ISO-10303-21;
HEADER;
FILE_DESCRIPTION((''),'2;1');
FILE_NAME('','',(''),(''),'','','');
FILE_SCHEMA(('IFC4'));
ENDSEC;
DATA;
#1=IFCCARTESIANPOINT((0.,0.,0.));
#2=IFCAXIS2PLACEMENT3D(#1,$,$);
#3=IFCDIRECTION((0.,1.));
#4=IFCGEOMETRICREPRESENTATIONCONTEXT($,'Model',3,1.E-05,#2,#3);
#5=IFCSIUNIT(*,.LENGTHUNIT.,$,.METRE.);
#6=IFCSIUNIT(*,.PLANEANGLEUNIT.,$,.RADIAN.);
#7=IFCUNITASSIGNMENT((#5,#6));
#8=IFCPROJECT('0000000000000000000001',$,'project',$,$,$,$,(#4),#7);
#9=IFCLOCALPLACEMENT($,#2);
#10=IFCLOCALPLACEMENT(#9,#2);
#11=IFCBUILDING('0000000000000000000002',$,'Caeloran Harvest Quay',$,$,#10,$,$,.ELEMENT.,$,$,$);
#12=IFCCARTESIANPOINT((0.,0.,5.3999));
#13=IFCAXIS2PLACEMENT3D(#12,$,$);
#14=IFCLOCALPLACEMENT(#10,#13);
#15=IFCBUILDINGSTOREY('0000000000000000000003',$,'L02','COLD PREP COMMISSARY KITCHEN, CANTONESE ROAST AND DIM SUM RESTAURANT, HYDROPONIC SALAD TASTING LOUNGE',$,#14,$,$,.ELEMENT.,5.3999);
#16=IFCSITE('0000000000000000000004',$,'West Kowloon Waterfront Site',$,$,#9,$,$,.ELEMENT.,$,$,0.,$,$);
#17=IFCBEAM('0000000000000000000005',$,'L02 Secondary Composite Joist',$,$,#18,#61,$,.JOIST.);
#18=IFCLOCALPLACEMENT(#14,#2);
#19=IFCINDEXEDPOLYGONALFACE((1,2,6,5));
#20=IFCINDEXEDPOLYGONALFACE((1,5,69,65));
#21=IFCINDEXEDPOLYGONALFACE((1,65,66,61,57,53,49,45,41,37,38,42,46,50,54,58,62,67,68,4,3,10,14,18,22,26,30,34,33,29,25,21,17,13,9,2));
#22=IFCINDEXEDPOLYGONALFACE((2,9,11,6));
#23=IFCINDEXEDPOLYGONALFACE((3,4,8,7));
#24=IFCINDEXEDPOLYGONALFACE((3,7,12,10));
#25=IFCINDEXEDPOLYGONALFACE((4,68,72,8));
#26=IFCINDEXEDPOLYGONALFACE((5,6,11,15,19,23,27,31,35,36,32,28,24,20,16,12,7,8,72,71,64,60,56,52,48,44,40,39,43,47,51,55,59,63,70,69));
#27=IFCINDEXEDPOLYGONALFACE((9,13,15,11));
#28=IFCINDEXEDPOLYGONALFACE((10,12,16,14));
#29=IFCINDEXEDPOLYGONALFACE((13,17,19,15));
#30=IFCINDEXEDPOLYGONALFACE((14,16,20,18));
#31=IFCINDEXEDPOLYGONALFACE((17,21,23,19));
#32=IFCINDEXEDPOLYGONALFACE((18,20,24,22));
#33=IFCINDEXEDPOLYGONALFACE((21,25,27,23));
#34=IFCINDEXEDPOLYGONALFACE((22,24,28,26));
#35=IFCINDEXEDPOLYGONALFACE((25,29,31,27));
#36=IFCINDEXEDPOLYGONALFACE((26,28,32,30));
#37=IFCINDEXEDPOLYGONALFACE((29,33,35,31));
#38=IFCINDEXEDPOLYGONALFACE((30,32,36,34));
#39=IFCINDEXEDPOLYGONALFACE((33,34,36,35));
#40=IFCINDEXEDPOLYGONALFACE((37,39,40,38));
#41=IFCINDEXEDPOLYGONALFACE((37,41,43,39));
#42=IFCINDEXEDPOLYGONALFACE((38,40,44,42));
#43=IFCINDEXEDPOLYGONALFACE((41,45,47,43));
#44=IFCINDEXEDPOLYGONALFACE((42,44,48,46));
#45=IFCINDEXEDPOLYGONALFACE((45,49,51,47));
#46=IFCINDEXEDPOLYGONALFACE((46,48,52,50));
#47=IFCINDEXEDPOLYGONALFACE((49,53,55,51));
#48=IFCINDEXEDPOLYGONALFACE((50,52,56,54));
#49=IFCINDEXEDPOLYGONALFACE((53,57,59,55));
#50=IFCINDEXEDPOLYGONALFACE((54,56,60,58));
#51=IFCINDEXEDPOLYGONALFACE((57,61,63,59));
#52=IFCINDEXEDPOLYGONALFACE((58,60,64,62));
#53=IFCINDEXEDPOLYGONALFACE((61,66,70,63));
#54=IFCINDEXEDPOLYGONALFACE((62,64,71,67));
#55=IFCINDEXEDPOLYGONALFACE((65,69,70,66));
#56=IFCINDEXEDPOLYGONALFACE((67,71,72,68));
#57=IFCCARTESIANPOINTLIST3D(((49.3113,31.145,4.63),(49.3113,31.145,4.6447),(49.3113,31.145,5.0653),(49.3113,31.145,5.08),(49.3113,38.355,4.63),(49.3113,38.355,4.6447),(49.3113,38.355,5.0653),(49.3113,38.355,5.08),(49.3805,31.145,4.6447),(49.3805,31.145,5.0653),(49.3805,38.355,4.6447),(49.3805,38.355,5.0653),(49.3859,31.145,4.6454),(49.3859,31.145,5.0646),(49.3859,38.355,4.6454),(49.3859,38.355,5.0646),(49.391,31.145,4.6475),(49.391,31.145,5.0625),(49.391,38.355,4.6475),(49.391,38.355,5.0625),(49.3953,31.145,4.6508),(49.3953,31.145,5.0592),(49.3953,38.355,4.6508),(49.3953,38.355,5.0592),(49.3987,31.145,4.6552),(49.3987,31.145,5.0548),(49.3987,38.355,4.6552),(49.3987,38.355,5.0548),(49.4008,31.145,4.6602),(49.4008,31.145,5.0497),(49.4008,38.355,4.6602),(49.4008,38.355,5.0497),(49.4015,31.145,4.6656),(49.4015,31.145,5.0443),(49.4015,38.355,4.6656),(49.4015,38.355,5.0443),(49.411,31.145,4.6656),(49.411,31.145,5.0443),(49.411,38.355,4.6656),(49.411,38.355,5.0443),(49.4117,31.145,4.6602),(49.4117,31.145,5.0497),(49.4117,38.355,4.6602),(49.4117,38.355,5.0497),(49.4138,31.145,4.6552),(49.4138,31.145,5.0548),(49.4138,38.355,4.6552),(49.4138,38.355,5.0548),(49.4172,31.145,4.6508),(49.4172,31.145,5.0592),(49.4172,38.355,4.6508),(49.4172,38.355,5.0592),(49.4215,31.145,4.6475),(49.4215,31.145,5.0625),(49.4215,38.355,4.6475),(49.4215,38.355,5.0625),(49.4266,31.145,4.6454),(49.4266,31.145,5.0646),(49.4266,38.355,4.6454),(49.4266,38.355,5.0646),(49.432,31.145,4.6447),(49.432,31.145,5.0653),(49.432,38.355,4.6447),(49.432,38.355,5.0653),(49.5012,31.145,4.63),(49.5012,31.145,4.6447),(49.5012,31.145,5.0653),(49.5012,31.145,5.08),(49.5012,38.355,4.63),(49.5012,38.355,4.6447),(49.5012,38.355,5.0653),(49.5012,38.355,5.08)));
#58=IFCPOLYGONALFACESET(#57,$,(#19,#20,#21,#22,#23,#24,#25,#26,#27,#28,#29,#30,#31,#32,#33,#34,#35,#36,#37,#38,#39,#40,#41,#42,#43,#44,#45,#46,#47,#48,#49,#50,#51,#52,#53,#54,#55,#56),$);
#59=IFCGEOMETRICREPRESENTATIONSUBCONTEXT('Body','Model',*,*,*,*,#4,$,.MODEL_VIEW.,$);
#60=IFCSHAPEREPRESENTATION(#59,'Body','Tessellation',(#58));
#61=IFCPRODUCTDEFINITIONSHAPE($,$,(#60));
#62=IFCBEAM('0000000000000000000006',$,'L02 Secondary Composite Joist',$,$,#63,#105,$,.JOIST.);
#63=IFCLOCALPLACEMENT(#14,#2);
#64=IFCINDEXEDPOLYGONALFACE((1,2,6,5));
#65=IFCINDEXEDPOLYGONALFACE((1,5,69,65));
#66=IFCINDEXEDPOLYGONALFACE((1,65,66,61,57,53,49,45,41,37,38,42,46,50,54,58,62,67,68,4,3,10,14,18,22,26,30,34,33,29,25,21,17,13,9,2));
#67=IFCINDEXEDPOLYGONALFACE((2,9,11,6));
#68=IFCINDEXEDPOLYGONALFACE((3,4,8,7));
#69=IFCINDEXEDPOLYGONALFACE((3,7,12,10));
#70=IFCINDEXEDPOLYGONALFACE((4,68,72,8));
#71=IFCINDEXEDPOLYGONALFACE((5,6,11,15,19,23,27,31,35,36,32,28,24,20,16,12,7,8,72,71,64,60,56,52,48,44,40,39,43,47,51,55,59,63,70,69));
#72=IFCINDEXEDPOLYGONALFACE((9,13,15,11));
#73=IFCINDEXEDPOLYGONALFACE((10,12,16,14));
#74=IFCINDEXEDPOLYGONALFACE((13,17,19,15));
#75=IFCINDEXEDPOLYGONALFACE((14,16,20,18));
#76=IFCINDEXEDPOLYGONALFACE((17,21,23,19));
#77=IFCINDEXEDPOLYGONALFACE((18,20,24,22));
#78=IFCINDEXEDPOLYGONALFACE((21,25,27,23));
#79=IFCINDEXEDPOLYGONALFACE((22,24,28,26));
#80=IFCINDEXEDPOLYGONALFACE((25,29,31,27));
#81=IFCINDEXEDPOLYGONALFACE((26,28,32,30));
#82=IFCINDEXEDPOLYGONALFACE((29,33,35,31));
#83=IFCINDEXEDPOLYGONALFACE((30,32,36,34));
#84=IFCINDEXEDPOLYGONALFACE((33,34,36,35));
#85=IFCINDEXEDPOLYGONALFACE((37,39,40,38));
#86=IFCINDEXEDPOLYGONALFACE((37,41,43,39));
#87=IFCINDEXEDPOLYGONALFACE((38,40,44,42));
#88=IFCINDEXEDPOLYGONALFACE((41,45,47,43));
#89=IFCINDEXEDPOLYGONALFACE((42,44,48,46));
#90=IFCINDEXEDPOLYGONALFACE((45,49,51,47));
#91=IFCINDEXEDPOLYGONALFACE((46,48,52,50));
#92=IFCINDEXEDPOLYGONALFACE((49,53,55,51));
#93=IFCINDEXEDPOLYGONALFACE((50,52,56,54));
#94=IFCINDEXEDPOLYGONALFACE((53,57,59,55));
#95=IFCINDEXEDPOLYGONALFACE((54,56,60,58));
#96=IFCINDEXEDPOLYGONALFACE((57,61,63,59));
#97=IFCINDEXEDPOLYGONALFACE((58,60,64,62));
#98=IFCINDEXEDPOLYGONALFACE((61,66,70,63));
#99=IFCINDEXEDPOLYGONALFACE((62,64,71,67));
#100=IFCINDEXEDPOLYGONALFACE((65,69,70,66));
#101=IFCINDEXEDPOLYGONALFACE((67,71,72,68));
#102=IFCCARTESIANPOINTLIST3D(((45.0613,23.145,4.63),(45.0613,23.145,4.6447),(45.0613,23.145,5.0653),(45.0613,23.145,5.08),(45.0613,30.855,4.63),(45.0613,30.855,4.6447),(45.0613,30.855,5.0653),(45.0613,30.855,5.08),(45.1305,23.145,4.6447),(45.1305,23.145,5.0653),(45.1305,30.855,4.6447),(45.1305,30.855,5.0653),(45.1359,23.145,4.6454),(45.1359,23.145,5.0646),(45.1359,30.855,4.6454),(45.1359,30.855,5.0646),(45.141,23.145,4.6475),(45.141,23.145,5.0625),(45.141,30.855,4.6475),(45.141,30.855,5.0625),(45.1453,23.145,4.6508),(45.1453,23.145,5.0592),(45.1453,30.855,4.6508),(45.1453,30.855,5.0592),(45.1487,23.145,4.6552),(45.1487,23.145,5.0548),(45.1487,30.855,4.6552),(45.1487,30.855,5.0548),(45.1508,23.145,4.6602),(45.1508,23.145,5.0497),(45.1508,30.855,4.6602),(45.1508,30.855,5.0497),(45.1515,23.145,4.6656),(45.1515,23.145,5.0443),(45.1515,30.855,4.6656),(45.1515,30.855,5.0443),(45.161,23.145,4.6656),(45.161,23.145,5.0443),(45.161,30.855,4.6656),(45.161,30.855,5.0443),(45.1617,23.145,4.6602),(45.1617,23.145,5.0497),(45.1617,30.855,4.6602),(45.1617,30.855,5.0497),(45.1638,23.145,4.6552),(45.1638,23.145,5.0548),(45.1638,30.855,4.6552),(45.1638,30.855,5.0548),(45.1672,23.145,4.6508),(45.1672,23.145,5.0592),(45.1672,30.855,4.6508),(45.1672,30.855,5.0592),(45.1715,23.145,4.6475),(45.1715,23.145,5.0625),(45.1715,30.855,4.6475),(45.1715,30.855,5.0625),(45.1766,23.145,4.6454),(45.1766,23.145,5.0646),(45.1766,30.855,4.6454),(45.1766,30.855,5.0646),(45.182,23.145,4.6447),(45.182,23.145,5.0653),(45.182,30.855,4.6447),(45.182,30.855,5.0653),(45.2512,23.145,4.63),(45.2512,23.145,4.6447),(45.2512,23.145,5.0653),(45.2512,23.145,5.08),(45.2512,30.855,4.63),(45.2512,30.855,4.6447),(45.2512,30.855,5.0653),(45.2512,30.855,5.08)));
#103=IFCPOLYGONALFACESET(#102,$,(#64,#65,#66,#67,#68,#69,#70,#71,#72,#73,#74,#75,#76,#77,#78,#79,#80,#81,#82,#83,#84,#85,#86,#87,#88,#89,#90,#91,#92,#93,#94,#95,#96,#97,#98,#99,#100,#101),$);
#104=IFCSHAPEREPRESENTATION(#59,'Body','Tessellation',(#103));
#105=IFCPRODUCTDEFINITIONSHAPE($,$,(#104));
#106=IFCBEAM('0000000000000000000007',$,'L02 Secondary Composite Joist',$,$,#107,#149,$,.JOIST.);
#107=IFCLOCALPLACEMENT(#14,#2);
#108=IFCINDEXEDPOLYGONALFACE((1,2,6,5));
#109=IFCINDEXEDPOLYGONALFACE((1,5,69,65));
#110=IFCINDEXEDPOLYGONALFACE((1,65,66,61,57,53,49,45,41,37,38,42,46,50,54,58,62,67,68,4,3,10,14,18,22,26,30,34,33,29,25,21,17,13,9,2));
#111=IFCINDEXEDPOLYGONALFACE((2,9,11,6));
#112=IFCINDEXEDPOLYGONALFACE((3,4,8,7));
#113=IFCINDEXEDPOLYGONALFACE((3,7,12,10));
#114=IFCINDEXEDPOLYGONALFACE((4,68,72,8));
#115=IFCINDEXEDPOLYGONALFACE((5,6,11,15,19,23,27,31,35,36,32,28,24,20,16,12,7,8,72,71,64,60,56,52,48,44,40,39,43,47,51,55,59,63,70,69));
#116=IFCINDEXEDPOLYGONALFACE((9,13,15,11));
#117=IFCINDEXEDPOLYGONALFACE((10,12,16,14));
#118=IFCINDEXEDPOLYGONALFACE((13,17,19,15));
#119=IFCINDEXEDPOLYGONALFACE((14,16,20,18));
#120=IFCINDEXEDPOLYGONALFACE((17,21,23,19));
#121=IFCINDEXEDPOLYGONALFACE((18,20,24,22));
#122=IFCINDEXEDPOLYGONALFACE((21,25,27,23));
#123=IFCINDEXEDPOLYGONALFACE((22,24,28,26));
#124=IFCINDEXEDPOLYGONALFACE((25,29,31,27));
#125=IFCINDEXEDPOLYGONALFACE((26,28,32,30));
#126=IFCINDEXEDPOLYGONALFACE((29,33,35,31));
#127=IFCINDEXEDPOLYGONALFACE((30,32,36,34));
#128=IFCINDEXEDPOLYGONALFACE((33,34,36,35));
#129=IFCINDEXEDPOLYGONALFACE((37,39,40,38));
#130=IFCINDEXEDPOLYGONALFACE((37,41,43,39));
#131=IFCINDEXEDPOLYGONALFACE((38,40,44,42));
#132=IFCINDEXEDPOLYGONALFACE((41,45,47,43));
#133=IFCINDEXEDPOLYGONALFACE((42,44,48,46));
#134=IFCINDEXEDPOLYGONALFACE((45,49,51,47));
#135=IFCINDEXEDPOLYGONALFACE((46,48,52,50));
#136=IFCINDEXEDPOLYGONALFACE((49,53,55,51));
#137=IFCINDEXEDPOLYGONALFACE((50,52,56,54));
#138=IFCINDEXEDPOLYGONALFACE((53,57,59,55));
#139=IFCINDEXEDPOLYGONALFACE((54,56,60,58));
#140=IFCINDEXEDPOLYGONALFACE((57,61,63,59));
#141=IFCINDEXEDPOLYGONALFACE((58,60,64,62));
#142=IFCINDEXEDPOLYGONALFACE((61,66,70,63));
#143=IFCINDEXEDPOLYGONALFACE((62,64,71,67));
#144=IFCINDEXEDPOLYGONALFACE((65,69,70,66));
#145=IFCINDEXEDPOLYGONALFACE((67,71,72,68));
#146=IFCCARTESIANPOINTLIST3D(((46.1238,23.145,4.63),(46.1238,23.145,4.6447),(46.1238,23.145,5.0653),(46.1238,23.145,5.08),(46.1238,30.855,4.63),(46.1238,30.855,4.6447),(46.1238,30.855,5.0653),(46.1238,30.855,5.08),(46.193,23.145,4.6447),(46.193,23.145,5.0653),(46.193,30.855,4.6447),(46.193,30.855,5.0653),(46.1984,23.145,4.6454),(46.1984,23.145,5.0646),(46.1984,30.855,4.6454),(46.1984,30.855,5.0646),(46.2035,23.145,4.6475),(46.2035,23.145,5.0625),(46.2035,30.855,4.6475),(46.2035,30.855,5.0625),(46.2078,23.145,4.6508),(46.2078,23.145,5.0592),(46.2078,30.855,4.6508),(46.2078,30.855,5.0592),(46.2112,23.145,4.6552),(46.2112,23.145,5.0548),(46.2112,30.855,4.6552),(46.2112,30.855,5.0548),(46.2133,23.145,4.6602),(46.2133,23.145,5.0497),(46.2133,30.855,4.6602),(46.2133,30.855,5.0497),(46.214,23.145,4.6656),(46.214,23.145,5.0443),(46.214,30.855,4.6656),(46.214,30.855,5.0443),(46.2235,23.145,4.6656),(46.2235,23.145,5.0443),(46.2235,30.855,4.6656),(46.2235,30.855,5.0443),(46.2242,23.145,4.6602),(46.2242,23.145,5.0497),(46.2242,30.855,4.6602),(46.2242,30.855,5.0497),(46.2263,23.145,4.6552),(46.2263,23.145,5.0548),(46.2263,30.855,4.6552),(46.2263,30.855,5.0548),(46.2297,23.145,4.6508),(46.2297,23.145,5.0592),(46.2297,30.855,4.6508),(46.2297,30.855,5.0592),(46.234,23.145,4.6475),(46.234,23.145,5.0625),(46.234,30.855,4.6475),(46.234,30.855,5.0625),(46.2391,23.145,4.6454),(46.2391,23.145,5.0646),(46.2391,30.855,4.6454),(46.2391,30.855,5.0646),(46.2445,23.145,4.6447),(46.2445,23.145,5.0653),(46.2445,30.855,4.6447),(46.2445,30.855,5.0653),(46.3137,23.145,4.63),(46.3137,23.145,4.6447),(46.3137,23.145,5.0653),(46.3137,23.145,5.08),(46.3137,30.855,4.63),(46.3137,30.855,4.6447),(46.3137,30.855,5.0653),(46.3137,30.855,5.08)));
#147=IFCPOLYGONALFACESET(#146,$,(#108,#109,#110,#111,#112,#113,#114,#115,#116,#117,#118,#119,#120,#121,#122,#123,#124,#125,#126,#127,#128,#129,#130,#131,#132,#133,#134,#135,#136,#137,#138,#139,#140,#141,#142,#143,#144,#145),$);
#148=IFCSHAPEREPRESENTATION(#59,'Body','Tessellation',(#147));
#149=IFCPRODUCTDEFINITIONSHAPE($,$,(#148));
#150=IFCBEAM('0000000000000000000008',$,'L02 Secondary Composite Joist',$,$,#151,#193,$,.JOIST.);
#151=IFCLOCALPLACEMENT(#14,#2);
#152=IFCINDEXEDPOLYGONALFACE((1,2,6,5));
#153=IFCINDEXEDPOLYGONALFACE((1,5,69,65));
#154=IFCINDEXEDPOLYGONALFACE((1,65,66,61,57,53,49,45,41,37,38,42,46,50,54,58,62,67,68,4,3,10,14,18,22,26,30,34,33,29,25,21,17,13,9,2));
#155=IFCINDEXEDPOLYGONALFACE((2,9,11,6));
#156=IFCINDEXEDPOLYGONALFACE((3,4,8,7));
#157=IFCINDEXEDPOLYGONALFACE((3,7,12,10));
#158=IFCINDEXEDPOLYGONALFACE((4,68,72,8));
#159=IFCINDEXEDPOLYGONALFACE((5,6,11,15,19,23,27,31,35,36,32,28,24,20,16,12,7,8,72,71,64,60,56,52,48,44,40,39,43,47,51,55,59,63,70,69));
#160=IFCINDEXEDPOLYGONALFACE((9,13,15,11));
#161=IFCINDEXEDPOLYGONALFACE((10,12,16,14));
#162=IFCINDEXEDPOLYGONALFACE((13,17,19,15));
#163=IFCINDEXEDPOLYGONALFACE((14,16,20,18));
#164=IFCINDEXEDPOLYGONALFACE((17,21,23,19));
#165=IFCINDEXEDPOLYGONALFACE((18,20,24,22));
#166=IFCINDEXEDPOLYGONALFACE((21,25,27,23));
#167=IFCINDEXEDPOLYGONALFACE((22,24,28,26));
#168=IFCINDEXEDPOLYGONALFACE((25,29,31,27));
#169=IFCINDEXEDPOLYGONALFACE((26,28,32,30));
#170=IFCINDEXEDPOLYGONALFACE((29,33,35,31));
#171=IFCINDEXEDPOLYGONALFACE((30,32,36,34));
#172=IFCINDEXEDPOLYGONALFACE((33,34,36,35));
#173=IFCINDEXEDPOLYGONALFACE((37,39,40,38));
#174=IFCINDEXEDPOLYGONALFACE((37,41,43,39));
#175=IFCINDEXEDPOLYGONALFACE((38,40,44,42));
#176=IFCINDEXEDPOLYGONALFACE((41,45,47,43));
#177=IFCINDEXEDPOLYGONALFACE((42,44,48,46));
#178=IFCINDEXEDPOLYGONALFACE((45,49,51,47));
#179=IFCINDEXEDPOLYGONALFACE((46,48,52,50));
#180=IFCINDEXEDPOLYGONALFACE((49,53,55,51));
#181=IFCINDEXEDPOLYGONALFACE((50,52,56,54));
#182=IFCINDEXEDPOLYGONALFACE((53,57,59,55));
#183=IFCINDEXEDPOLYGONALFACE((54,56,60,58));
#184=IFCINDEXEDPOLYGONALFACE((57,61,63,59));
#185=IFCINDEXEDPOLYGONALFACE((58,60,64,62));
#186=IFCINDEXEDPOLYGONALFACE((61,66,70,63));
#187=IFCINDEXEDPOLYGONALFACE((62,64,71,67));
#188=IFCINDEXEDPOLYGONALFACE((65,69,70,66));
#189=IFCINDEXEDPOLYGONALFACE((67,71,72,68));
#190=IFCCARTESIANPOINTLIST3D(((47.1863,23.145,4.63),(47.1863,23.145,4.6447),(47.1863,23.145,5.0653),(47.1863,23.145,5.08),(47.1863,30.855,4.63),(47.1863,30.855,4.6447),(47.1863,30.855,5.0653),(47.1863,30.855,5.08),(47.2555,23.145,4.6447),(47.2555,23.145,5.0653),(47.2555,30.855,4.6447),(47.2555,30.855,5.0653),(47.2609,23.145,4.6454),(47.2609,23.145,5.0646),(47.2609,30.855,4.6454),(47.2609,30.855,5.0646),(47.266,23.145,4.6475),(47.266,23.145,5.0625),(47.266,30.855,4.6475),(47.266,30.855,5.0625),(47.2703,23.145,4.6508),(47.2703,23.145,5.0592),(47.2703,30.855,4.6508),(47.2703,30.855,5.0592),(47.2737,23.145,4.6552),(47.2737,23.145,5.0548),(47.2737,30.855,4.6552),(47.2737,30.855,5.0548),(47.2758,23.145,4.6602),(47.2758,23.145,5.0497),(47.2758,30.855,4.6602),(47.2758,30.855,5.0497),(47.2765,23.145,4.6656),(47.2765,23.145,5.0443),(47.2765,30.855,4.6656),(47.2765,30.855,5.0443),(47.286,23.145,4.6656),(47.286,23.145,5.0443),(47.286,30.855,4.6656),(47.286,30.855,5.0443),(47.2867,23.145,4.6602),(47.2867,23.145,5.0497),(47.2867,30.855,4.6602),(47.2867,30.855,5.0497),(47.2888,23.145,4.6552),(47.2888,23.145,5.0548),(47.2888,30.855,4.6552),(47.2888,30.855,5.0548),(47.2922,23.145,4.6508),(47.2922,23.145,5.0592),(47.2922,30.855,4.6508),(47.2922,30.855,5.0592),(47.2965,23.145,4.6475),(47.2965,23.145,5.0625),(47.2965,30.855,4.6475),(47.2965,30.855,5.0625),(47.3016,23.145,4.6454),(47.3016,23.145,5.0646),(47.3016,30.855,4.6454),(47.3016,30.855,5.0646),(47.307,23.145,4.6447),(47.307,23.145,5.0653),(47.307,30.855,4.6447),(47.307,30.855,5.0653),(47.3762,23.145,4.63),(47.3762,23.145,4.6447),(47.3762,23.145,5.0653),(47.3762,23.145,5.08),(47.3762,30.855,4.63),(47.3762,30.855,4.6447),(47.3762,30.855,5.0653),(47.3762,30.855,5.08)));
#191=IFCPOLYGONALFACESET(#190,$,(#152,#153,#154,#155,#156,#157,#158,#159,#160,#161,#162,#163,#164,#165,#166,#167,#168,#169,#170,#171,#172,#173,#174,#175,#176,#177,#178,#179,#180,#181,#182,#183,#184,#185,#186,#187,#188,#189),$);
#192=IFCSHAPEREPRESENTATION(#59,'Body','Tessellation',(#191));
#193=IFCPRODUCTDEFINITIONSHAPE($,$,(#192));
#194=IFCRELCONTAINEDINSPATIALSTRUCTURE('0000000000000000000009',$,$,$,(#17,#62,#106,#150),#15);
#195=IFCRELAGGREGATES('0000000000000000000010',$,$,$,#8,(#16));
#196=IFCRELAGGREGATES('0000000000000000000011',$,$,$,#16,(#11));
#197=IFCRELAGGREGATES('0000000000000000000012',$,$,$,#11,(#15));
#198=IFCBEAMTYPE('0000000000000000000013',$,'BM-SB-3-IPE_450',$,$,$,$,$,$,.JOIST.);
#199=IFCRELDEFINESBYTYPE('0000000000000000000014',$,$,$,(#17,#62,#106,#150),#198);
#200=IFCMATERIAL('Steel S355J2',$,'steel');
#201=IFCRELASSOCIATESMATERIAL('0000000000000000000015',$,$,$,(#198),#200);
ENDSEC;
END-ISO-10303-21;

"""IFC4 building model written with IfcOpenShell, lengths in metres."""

from ifc_helpers import new_model, si_unit, direction, frame, origin, origin_2d, place, context, subcontext, project, spatial, i_section, extrude, material, material_profile, profile_set, type_object, element, save


model = new_model("IFC4")

# Units and contexts
model_context = context("Model", 3, precision=1e-05, world=origin(), true_north=direction((0.0, 1.0)))
body_context = subcontext(model_context, "Body", "Model", "MODEL_VIEW")
ifc_project = project(units=[si_unit("LENGTHUNIT", "METRE"), si_unit("PLANEANGLEUNIT", "RADIAN")], contexts=[model_context])

# Site, building, storey
site_placement = place(None, origin())
site = spatial("IfcSite", under=ifc_project, at=site_placement, Name="West Kowloon Waterfront Site", CompositionType="ELEMENT", RefElevation=0.0)
building_placement = place(site_placement, origin())
building = spatial("IfcBuilding", under=site, at=building_placement, Name="Caeloran Harvest Quay", CompositionType="ELEMENT")
storey_placement = place(building_placement, frame((0.0, 0.0, 5.3999)))
storey = spatial("IfcBuildingStorey", under=building, at=storey_placement, Name="L02", Description="COLD PREP COMMISSARY KITCHEN, CANTONESE ROAST AND DIM SUM RESTAURANT, HYDROPONIC SALAD TASTING LOUNGE", CompositionType="ELEMENT", Elevation=5.3999)

# Beams
ifc_material_1 = material(Name="Steel S355J2", Category="steel")
ifc_material_profile_1 = material_profile(ifc_material_1, i_section(OverallWidth=0.1899, OverallDepth=0.45, WebThickness=0.0095, FlangeThickness=0.0146, FilletRadius=0.021, at=origin_2d()), Name="IPE 450")
ifc_profile_set_1 = profile_set([ifc_material_profile_1], Name="Steel S355J2")
beam_type_1 = type_object("IfcBeamType", Name="BM-SB-3-IPE_450", PredefinedType="JOIST", material=ifc_profile_set_1)
for number, where, z_axis, x_axis, name in (
    (1, (49.4062, 31.145, 4.855), (0.0, 1.0, 0.0), (-1.0, 0.0, 0.0), "L02 Secondary Composite Joist"),
):
    element("IfcBeam", number, at=place(storey_placement, frame(where, z_axis=z_axis, x_axis=x_axis)), inside=storey, type_object=beam_type_1, Name=name, PredefinedType="JOIST", context=body_context, shape_type="SweptSolid", body=[
        extrude(i_section(OverallWidth=0.1899, OverallDepth=0.45, WebThickness=0.0095, FlangeThickness=0.0146, FilletRadius=0.021, at=origin_2d()), origin(), (0.0, 0.0, 1.0), 7.21),
    ])
for number, where, z_axis, x_axis, name in (
    (2, (45.1562, 23.145, 4.855), (0.0, 1.0, 0.0), (-1.0, 0.0, 0.0), "L02 Secondary Composite Joist"),
    (3, (46.2188, 23.145, 4.855), (0.0, 1.0, 0.0), (-1.0, 0.0, 0.0), "L02 Secondary Composite Joist"),
    (4, (47.2812, 23.145, 4.855), (0.0, 1.0, 0.0), (-1.0, 0.0, 0.0), "L02 Secondary Composite Joist"),
):
    element("IfcBeam", number, at=place(storey_placement, frame(where, z_axis=z_axis, x_axis=x_axis)), inside=storey, type_object=beam_type_1, Name=name, PredefinedType="JOIST", context=body_context, shape_type="SweptSolid", body=[
        extrude(i_section(OverallWidth=0.1899, OverallDepth=0.45, WebThickness=0.0095, FlangeThickness=0.0146, FilletRadius=0.021, at=origin_2d()), origin(), (0.0, 0.0, 1.0), 7.71),
    ])

save(model, "model.ifc")
